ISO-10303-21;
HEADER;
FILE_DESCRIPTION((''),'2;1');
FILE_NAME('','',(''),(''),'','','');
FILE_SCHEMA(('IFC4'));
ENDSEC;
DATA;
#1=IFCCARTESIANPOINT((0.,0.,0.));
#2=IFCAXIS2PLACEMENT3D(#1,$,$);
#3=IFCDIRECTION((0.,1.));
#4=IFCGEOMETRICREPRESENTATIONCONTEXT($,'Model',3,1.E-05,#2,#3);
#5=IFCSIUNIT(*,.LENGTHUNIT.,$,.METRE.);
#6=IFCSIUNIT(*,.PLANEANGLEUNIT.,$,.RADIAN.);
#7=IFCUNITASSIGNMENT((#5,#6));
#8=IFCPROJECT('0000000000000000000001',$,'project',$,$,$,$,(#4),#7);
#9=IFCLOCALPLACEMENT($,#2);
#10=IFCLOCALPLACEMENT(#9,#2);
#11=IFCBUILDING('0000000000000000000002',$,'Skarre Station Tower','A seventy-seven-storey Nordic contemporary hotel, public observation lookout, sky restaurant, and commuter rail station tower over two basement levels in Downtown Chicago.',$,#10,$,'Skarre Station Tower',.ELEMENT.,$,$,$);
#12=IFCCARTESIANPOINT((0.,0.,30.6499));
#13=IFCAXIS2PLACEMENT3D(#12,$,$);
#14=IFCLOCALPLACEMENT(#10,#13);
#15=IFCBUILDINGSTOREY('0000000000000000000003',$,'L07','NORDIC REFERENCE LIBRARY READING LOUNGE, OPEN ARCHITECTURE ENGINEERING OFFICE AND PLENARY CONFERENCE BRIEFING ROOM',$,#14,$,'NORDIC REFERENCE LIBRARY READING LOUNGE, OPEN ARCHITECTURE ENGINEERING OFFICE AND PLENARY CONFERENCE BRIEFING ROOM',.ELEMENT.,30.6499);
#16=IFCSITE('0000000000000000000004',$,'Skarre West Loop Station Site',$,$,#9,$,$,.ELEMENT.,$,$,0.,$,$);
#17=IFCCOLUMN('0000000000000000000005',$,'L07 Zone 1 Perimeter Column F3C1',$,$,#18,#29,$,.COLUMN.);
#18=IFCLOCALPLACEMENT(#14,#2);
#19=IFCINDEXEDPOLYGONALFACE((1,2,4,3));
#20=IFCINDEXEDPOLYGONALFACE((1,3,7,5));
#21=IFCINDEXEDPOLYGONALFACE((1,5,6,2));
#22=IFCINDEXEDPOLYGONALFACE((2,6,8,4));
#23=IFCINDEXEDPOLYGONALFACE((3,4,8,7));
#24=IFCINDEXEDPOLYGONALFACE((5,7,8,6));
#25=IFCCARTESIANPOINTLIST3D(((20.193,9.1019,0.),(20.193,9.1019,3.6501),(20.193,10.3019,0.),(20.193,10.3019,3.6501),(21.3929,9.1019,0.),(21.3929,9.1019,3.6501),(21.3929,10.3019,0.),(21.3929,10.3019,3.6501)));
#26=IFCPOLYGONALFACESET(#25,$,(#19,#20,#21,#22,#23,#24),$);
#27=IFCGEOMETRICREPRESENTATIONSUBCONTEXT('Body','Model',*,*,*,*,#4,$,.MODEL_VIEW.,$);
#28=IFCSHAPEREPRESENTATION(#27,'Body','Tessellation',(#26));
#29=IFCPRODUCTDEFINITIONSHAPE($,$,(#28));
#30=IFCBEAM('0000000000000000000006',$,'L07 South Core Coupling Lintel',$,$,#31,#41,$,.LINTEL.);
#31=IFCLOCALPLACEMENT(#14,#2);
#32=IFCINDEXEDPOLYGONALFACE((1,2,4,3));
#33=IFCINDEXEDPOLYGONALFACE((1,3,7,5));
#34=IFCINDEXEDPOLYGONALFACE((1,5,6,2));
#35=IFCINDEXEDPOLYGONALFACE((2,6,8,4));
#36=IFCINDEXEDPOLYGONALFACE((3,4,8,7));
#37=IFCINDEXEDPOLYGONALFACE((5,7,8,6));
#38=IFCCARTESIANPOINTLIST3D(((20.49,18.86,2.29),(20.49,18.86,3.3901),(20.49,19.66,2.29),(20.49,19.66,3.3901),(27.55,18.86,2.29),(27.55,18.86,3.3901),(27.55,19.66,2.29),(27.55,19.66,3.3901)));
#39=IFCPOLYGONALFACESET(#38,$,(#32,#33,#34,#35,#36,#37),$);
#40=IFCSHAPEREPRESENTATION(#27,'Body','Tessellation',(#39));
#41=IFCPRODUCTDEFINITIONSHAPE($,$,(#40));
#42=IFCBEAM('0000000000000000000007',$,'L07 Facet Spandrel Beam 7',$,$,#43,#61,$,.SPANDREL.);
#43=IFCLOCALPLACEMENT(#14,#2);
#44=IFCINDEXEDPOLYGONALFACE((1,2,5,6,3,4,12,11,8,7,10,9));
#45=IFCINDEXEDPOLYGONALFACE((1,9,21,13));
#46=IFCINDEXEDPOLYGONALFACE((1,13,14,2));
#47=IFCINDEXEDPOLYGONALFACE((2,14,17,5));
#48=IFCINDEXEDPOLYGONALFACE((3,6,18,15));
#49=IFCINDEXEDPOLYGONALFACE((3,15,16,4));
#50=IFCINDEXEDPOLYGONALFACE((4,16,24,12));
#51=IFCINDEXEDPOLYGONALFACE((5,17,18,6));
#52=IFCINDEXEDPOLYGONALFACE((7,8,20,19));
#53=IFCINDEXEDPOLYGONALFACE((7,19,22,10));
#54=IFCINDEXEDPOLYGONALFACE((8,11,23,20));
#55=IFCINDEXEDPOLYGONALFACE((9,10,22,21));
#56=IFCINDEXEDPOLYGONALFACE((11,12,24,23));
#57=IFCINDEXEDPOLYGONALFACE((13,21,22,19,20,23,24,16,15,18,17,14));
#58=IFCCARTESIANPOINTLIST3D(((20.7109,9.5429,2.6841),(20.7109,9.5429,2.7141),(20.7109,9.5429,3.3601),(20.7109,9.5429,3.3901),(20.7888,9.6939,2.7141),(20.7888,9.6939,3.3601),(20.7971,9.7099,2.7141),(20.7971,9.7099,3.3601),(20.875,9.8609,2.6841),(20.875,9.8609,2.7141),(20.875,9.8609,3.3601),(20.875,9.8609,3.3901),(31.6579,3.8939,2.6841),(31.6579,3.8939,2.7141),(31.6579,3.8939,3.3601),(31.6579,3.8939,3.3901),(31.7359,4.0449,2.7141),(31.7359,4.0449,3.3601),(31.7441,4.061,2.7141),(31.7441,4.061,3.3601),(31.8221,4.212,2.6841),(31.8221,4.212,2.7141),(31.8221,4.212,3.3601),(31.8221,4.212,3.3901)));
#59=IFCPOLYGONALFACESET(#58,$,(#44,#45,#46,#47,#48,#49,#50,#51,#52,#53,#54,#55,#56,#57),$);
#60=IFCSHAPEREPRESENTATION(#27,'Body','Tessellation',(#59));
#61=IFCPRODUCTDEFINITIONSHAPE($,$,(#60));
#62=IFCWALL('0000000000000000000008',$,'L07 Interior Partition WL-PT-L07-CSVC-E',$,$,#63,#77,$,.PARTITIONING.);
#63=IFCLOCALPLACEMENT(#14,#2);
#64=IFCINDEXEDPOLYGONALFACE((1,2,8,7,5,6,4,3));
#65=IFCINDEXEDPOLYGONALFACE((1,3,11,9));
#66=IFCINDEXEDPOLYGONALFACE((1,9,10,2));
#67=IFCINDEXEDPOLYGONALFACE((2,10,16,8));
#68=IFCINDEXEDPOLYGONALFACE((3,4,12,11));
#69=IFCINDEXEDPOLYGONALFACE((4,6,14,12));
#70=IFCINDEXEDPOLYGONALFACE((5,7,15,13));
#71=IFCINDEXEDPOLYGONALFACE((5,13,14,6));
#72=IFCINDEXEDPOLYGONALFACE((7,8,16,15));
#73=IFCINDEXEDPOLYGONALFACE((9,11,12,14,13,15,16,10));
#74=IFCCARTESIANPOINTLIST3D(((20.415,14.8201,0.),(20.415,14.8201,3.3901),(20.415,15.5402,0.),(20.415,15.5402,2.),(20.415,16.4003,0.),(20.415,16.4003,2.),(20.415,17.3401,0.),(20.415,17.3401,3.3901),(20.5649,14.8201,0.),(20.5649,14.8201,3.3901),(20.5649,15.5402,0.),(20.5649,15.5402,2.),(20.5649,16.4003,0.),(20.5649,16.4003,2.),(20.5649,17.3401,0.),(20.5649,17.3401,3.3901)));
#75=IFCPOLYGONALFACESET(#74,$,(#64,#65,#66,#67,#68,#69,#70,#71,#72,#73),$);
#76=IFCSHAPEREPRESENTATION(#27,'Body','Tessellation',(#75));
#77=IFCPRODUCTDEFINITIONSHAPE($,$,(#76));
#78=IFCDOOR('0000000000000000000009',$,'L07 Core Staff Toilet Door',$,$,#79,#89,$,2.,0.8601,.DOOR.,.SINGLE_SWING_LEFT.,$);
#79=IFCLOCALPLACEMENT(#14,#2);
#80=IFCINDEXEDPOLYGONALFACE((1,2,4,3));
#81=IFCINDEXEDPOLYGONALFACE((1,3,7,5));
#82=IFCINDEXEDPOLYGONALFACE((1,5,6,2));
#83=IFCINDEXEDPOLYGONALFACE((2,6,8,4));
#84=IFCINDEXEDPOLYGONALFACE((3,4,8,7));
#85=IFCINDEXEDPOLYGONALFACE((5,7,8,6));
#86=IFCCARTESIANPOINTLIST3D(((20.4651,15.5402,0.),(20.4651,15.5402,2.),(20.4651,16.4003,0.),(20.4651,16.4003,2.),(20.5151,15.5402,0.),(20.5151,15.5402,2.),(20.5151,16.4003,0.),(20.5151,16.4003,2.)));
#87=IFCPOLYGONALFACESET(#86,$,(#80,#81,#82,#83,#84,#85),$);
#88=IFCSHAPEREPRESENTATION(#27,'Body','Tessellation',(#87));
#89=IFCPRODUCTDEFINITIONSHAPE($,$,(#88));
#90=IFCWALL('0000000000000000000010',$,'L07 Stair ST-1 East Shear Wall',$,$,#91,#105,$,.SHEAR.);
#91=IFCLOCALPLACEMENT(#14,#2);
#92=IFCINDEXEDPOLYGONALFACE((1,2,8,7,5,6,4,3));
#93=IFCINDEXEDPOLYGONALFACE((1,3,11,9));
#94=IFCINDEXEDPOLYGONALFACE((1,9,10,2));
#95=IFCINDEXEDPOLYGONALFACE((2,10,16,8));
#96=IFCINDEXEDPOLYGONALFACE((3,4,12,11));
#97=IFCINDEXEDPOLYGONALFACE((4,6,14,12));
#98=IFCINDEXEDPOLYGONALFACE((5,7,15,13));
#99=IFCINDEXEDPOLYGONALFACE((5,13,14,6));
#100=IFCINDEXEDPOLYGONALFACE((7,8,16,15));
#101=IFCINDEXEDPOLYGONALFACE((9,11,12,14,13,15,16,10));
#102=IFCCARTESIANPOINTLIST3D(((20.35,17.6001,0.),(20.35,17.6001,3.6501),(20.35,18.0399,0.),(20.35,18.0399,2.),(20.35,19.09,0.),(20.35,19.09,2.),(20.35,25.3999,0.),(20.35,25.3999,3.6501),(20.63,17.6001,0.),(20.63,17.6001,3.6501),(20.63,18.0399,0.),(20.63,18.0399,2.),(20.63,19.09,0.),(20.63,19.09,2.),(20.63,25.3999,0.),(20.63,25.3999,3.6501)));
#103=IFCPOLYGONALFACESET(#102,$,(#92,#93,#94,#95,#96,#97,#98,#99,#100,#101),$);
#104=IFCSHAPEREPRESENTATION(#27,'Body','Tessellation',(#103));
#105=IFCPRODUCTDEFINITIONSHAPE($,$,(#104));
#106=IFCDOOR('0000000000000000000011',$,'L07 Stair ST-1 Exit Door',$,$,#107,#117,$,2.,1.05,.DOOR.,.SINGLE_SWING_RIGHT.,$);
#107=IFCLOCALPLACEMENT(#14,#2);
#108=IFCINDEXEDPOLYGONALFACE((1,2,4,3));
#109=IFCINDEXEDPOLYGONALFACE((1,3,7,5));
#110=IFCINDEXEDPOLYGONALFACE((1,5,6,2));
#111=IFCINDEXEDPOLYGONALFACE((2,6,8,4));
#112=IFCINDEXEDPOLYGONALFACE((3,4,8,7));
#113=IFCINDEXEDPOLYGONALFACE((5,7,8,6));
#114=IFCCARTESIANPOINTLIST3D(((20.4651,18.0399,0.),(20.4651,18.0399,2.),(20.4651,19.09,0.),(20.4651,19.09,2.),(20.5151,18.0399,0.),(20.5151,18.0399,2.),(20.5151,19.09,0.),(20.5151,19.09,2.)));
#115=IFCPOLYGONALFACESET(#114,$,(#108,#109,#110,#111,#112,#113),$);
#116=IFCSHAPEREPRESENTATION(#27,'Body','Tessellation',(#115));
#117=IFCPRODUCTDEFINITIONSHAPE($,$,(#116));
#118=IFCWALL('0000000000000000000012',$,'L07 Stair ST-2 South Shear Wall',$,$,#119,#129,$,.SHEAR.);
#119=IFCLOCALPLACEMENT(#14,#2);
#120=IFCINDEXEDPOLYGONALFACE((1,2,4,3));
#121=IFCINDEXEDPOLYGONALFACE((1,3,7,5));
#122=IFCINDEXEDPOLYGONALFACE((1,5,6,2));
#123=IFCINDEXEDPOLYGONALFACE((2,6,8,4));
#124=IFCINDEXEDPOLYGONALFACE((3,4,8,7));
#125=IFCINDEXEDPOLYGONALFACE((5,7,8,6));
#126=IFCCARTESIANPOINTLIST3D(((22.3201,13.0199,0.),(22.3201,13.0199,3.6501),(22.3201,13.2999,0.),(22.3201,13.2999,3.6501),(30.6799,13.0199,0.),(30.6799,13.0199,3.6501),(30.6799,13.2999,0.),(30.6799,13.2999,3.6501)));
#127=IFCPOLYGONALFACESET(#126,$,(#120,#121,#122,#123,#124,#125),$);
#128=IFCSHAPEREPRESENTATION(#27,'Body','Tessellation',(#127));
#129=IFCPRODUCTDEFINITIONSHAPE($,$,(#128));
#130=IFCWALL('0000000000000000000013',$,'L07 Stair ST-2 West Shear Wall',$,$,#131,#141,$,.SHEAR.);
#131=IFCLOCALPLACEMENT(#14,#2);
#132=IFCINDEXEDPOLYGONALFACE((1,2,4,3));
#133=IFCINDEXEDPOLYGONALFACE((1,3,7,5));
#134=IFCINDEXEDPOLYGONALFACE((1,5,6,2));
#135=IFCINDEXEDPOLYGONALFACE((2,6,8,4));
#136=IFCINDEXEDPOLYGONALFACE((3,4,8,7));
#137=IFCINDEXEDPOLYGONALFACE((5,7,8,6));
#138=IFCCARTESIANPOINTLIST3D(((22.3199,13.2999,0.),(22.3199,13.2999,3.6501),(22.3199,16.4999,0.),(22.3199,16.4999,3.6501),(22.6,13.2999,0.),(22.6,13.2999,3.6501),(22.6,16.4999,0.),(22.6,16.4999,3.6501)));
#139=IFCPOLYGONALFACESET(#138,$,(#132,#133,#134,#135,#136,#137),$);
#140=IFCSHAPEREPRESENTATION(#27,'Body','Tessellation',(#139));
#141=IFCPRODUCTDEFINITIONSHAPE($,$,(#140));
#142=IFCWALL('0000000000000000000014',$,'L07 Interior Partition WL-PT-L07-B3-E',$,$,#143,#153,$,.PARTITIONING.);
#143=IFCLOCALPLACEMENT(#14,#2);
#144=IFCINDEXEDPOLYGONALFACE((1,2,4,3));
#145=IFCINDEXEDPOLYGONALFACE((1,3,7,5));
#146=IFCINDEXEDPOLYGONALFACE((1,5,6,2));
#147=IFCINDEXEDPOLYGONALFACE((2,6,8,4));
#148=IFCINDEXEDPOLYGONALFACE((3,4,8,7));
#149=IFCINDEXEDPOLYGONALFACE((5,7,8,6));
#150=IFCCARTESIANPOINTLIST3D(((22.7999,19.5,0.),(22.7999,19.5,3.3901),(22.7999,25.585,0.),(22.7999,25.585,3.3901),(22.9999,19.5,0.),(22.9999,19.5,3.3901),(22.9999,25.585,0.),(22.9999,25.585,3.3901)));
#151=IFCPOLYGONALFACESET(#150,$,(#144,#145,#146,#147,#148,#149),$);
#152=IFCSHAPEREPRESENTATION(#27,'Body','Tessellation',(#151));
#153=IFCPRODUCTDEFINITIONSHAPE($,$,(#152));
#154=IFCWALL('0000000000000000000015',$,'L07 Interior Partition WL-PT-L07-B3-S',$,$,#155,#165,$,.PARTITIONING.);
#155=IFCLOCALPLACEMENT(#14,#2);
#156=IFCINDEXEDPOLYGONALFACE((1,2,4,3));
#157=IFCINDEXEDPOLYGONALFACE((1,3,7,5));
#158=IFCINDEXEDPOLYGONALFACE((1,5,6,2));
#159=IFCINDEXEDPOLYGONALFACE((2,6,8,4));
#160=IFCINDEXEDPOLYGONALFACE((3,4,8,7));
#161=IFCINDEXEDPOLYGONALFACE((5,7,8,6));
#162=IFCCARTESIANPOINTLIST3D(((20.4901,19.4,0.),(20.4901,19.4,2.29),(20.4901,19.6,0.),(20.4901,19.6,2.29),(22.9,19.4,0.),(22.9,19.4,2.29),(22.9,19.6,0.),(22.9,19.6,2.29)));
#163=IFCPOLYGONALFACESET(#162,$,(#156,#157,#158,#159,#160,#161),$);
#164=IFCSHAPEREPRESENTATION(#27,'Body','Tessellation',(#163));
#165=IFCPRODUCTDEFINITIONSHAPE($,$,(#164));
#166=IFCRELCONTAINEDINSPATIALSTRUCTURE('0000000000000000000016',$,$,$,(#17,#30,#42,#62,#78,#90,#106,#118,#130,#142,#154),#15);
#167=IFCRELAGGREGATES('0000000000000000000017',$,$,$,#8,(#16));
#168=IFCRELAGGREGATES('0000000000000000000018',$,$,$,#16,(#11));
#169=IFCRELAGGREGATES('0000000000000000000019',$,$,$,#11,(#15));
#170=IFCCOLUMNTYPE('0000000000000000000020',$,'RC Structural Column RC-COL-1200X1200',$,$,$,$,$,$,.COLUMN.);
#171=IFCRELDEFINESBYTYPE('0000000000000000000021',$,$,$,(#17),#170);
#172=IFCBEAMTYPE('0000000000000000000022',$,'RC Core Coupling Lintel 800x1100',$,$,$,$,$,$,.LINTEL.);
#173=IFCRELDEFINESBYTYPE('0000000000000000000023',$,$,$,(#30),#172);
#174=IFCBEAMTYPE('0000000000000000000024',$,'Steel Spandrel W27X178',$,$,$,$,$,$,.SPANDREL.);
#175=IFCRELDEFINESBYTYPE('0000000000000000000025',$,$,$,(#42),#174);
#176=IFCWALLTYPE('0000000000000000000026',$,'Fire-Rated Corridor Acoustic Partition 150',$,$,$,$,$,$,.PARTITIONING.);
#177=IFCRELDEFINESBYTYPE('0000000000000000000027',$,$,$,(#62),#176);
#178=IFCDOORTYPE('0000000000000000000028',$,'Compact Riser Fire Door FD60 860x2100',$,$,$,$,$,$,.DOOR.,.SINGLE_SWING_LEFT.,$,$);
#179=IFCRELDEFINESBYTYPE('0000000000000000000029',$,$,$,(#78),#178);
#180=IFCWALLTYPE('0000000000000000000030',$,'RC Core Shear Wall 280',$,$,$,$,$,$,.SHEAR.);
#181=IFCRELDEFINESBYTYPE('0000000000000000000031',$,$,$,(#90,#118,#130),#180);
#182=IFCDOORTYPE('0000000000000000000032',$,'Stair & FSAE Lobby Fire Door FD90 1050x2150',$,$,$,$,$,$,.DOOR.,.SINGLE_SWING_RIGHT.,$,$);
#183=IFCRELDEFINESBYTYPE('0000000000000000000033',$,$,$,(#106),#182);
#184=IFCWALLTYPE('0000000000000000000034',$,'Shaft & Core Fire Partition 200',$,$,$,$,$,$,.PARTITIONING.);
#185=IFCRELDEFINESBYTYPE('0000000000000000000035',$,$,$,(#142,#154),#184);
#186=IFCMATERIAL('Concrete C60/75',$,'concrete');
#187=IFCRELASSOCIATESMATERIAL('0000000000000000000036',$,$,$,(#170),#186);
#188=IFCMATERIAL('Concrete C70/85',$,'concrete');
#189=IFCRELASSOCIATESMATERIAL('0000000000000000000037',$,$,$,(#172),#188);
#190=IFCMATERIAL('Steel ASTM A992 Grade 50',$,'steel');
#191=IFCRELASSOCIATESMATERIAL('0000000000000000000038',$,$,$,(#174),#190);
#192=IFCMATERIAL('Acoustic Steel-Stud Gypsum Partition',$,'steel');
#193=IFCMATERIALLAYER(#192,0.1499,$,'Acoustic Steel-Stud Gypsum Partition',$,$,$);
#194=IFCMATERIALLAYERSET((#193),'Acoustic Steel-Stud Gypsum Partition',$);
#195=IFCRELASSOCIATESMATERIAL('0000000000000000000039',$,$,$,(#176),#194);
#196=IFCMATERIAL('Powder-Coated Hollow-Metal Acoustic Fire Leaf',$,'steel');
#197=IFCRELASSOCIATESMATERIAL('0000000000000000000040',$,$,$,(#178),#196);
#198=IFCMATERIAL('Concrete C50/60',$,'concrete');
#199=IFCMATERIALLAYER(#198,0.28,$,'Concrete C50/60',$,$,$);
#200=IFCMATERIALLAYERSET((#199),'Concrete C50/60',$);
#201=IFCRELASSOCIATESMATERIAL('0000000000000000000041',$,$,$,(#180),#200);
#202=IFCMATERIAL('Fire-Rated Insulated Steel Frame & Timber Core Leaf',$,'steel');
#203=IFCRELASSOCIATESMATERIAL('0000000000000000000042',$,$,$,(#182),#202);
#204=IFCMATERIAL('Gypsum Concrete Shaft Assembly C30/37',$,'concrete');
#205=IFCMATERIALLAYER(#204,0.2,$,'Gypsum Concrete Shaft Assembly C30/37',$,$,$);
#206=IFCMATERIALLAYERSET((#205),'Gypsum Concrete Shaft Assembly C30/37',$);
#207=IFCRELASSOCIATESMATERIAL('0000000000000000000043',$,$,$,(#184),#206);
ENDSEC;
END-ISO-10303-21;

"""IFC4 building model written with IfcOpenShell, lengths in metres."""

from ifc_helpers import new_model, si_unit, direction, frame, frame_2d, origin, origin_2d, place, context, subcontext, project, spatial, rectangle, i_section, extrude, material, layer, layer_set, material_profile, profile_set, type_object, element, fill, save


model = new_model("IFC4")

# Units and contexts
model_context = context("Model", 3, precision=1e-05, world=origin(), true_north=direction((0.0, 1.0)))
body_context = subcontext(model_context, "Body", "Model", "MODEL_VIEW")
ifc_project = project(units=[si_unit("LENGTHUNIT", "METRE"), si_unit("PLANEANGLEUNIT", "RADIAN")], contexts=[model_context])

# Site, building, storey
site_placement = place(None, origin())
site = spatial("IfcSite", under=ifc_project, at=site_placement, Name="Skarre West Loop Station Site", CompositionType="ELEMENT", RefElevation=0.0)
building_placement = place(site_placement, origin())
building = spatial("IfcBuilding", under=site, at=building_placement, Name="Skarre Station Tower", Description="A seventy-seven-storey Nordic contemporary hotel, public observation lookout, sky restaurant, and commuter rail station tower over two basement levels in Downtown Chicago.", LongName="Skarre Station Tower", CompositionType="ELEMENT")
storey_placement = place(building_placement, frame((0.0, 0.0, 30.6499)))
storey = spatial("IfcBuildingStorey", under=building, at=storey_placement, Name="L07", Description="NORDIC REFERENCE LIBRARY READING LOUNGE, OPEN ARCHITECTURE ENGINEERING OFFICE AND PLENARY CONFERENCE BRIEFING ROOM", LongName="NORDIC REFERENCE LIBRARY READING LOUNGE, OPEN ARCHITECTURE ENGINEERING OFFICE AND PLENARY CONFERENCE BRIEFING ROOM", CompositionType="ELEMENT", Elevation=30.6499)

# Column
ifc_material_1 = material(Name="Concrete C60/75", Category="concrete")
ifc_material_profile_1 = material_profile(ifc_material_1, rectangle(XDim=1.2, YDim=1.2, at=origin_2d()), Name="Concrete C60/75")
ifc_profile_set_1 = profile_set([ifc_material_profile_1], Name="Concrete C60/75")
column_type = type_object("IfcColumnType", Name="RC Structural Column RC-COL-1200X1200", PredefinedType="COLUMN", material=ifc_profile_set_1)
column_placement = place(storey_placement, frame((20.793, 9.7019, 0.0), z_axis=(0.0, 0.0, 1.0), x_axis=(1.0, 0.0, 0.0)))
element("IfcColumn", 1, at=column_placement, inside=storey, type_object=column_type, Name="L07 Zone 1 Perimeter Column F3C1", PredefinedType="COLUMN", context=body_context, shape_type="SweptSolid", body=[
    extrude(rectangle(XDim=1.2, YDim=1.2, at=origin_2d()), origin(), (0.0, 0.0, 1.0), 3.6501),
])

# Beams
ifc_material_2 = material(Name="Concrete C70/85", Category="concrete")
ifc_material_profile_2 = material_profile(ifc_material_2, rectangle(XDim=0.8, YDim=1.1001, at=origin_2d()), Name="Concrete C70/85")
ifc_profile_set_2 = profile_set([ifc_material_profile_2], Name="Concrete C70/85")
beam_type_1 = type_object("IfcBeamType", Name="RC Core Coupling Lintel 800x1100", PredefinedType="LINTEL", material=ifc_profile_set_2)
beam_1_placement = place(storey_placement, frame((20.49, 19.26, 2.8401), z_axis=(1.0, 0.0, 0.0), x_axis=(0.0, 1.0, 0.0)))
element("IfcBeam", 2, at=beam_1_placement, inside=storey, type_object=beam_type_1, Name="L07 South Core Coupling Lintel", PredefinedType="LINTEL", context=body_context, shape_type="SweptSolid", body=[
    extrude(rectangle(XDim=0.8, YDim=1.1001, at=origin_2d()), origin(), (0.0, 0.0, 1.0), 7.0601),
])
ifc_material_3 = material(Name="Steel ASTM A992 Grade 50", Category="steel")
ifc_material_profile_3 = material_profile(ifc_material_3, i_section(OverallWidth=0.3579, OverallDepth=0.7061, WebThickness=0.0181, FlangeThickness=0.03, at=origin_2d()), Name="Steel ASTM A992 Grade 50")
ifc_profile_set_3 = profile_set([ifc_material_profile_3], Name="Steel ASTM A992 Grade 50")
beam_type_2 = type_object("IfcBeamType", Name="Steel Spandrel W27X178", PredefinedType="SPANDREL", material=ifc_profile_set_3)
beam_2_placement = place(storey_placement, frame((20.793, 9.7019, 3.0371), z_axis=(0.888659, -0.458569, 0.0), x_axis=(0.458569, 0.888659, 0.0)))
element("IfcBeam", 3, at=beam_2_placement, inside=storey, type_object=beam_type_2, Name="L07 Facet Spandrel Beam 7", PredefinedType="SPANDREL", context=body_context, shape_type="SweptSolid", body=[
    extrude(i_section(OverallWidth=0.3579, OverallDepth=0.7061, WebThickness=0.0181, FlangeThickness=0.03, at=origin_2d()), origin(), (0.0, 0.0, 1.0), 12.3186),
])

# Walls, openings, doors
ifc_material_4 = material(Name="Acoustic Steel-Stud Gypsum Partition", Category="steel")
ifc_layer_1 = layer(ifc_material_4, 0.1499, Name="Acoustic Steel-Stud Gypsum Partition")
ifc_layer_set_1 = layer_set([ifc_layer_1], Name="Acoustic Steel-Stud Gypsum Partition")
wall_type_1 = type_object("IfcWallType", Name="Fire-Rated Corridor Acoustic Partition 150", PredefinedType="PARTITIONING", material=ifc_layer_set_1)
wall_1_placement = place(storey_placement, frame((20.49, 14.8201, 0.0), z_axis=(0.0, 0.0, 1.0), x_axis=(0.0, 1.0, 0.0)))
wall_1 = element("IfcWall", 4, at=wall_1_placement, inside=storey, type_object=wall_type_1, Name="L07 Interior Partition WL-PT-L07-CSVC-E", PredefinedType="PARTITIONING", context=body_context, shape_type="SweptSolid", body=[
    extrude(rectangle(XDim=2.52, YDim=0.1499, at=frame_2d((1.26, 0.0))), origin(), (0.0, 0.0, 1.0), 3.3901),
])
opening_1_placement = place(wall_1_placement, frame((0.72, 0.0, 0.0)))
opening_1 = element("IfcOpeningElement", 5, at=opening_1_placement, cuts=wall_1, PredefinedType="OPENING", context=body_context, shape_type="SweptSolid", body=[
    extrude(rectangle(XDim=0.8601, YDim=2.0, at=frame_2d((0.4302, 1.0))), frame((0.0, 0.085, 0.0), z_axis=(0.0, -1.0, 0.0), x_axis=(1.0, 0.0, 0.0)), (0.0, 0.0, 1.0), 0.1699),
])
ifc_material_5 = material(Name="Powder-Coated Hollow-Metal Acoustic Fire Leaf", Category="steel")
door_type_1 = type_object("IfcDoorType", Name="Compact Riser Fire Door FD60 860x2100", OperationType="SINGLE_SWING_LEFT", PredefinedType="DOOR", material=ifc_material_5)
door_1_placement = place(opening_1_placement, origin())
door_1 = element("IfcDoor", 6, at=door_1_placement, inside=storey, type_object=door_type_1, Name="L07 Core Staff Toilet Door", OperationType="SINGLE_SWING_LEFT", OverallHeight=2.0, OverallWidth=0.8601, PredefinedType="DOOR", context=body_context, shape_type="SweptSolid", body=[
    extrude(rectangle(XDim=0.8601, YDim=2.0, at=frame_2d((0.4302, 1.0))), frame((0.0, 0.0249, 0.0), z_axis=(0.0, -1.0, 0.0), x_axis=(1.0, 0.0, 0.0)), (0.0, 0.0, 1.0), 0.05),
])
fill(opening_1, door_1)
ifc_material_6 = material(Name="Concrete C50/60", Category="concrete")
ifc_layer_2 = layer(ifc_material_6, 0.28, Name="Concrete C50/60")
ifc_layer_set_2 = layer_set([ifc_layer_2], Name="Concrete C50/60")
wall_type_2 = type_object("IfcWallType", Name="RC Core Shear Wall 280", PredefinedType="SHEAR", material=ifc_layer_set_2)
wall_2_placement = place(storey_placement, frame((20.49, 17.6001, 0.0), z_axis=(0.0, 0.0, 1.0), x_axis=(0.0, 1.0, 0.0)))
wall_2 = element("IfcWall", 7, at=wall_2_placement, inside=storey, type_object=wall_type_2, Name="L07 Stair ST-1 East Shear Wall", PredefinedType="SHEAR", context=body_context, shape_type="SweptSolid", body=[
    extrude(rectangle(XDim=7.7998, YDim=0.28, at=frame_2d((3.8999, 0.0))), origin(), (0.0, 0.0, 1.0), 3.6501),
])
opening_2_placement = place(wall_2_placement, frame((0.4399, 0.0, 0.0)))
opening_2 = element("IfcOpeningElement", 8, at=opening_2_placement, cuts=wall_2, PredefinedType="OPENING", context=body_context, shape_type="SweptSolid", body=[
    extrude(rectangle(XDim=1.05, YDim=2.0, at=frame_2d((0.5249, 1.0))), frame((0.0, 0.1499, 0.0), z_axis=(0.0, -1.0, 0.0), x_axis=(1.0, 0.0, 0.0)), (0.0, 0.0, 1.0), 0.3),
])
ifc_material_7 = material(Name="Fire-Rated Insulated Steel Frame & Timber Core Leaf", Category="steel")
door_type_2 = type_object("IfcDoorType", Name="Stair & FSAE Lobby Fire Door FD90 1050x2150", OperationType="SINGLE_SWING_RIGHT", PredefinedType="DOOR", material=ifc_material_7)
door_2_placement = place(opening_2_placement, origin())
door_2 = element("IfcDoor", 9, at=door_2_placement, inside=storey, type_object=door_type_2, Name="L07 Stair ST-1 Exit Door", OperationType="SINGLE_SWING_RIGHT", OverallHeight=2.0, OverallWidth=1.05, PredefinedType="DOOR", context=body_context, shape_type="SweptSolid", body=[
    extrude(rectangle(XDim=1.05, YDim=2.0, at=frame_2d((0.5249, 1.0))), frame((0.0, 0.0249, 0.0), z_axis=(0.0, -1.0, 0.0), x_axis=(1.0, 0.0, 0.0)), (0.0, 0.0, 1.0), 0.05),
])
fill(opening_2, door_2)

# Walls
wall_3_placement = place(storey_placement, frame((22.3201, 13.1599, 0.0), z_axis=(0.0, 0.0, 1.0), x_axis=(1.0, 0.0, 0.0)))
element("IfcWall", 10, at=wall_3_placement, inside=storey, type_object=wall_type_2, Name="L07 Stair ST-2 South Shear Wall", PredefinedType="SHEAR", context=body_context, shape_type="SweptSolid", body=[
    extrude(rectangle(XDim=8.3599, YDim=0.28, at=frame_2d((4.1799, 0.0))), origin(), (0.0, 0.0, 1.0), 3.6501),
])
wall_4_placement = place(storey_placement, frame((22.46, 16.5, 0.0), z_axis=(0.0, 0.0, 1.0), x_axis=(0.0, -1.0, 0.0)))
element("IfcWall", 11, at=wall_4_placement, inside=storey, type_object=wall_type_2, Name="L07 Stair ST-2 West Shear Wall", PredefinedType="SHEAR", context=body_context, shape_type="SweptSolid", body=[
    extrude(rectangle(XDim=3.2, YDim=0.28, at=frame_2d((1.6001, 0.0))), origin(), (0.0, 0.0, 1.0), 3.6501),
])
ifc_material_8 = material(Name="Gypsum Concrete Shaft Assembly C30/37", Category="concrete")
ifc_layer_3 = layer(ifc_material_8, 0.2, Name="Gypsum Concrete Shaft Assembly C30/37")
ifc_layer_set_3 = layer_set([ifc_layer_3], Name="Gypsum Concrete Shaft Assembly C30/37")
wall_type_3 = type_object("IfcWallType", Name="Shaft & Core Fire Partition 200", PredefinedType="PARTITIONING", material=ifc_layer_set_3)
wall_5_placement = place(storey_placement, frame((22.8999, 19.5, 0.0), z_axis=(0.0, 0.0, 1.0), x_axis=(0.0, 1.0, 0.0)))
element("IfcWall", 12, at=wall_5_placement, inside=storey, type_object=wall_type_3, Name="L07 Interior Partition WL-PT-L07-B3-E", PredefinedType="PARTITIONING", context=body_context, shape_type="SweptSolid", body=[
    extrude(rectangle(XDim=6.085, YDim=0.2, at=frame_2d((3.0425, 0.0))), origin(), (0.0, 0.0, 1.0), 3.3901),
])
wall_6_placement = place(storey_placement, frame((20.49, 19.5, 0.0), z_axis=(0.0, 0.0, 1.0), x_axis=(1.0, 0.0, 0.0)))
element("IfcWall", 13, at=wall_6_placement, inside=storey, type_object=wall_type_3, Name="L07 Interior Partition WL-PT-L07-B3-S", PredefinedType="PARTITIONING", context=body_context, shape_type="SweptSolid", body=[
    extrude(rectangle(XDim=2.4099, YDim=0.2, at=frame_2d((1.2051, 0.0))), origin(), (0.0, 0.0, 1.0), 2.29),
])

save(model, "model.ifc")
